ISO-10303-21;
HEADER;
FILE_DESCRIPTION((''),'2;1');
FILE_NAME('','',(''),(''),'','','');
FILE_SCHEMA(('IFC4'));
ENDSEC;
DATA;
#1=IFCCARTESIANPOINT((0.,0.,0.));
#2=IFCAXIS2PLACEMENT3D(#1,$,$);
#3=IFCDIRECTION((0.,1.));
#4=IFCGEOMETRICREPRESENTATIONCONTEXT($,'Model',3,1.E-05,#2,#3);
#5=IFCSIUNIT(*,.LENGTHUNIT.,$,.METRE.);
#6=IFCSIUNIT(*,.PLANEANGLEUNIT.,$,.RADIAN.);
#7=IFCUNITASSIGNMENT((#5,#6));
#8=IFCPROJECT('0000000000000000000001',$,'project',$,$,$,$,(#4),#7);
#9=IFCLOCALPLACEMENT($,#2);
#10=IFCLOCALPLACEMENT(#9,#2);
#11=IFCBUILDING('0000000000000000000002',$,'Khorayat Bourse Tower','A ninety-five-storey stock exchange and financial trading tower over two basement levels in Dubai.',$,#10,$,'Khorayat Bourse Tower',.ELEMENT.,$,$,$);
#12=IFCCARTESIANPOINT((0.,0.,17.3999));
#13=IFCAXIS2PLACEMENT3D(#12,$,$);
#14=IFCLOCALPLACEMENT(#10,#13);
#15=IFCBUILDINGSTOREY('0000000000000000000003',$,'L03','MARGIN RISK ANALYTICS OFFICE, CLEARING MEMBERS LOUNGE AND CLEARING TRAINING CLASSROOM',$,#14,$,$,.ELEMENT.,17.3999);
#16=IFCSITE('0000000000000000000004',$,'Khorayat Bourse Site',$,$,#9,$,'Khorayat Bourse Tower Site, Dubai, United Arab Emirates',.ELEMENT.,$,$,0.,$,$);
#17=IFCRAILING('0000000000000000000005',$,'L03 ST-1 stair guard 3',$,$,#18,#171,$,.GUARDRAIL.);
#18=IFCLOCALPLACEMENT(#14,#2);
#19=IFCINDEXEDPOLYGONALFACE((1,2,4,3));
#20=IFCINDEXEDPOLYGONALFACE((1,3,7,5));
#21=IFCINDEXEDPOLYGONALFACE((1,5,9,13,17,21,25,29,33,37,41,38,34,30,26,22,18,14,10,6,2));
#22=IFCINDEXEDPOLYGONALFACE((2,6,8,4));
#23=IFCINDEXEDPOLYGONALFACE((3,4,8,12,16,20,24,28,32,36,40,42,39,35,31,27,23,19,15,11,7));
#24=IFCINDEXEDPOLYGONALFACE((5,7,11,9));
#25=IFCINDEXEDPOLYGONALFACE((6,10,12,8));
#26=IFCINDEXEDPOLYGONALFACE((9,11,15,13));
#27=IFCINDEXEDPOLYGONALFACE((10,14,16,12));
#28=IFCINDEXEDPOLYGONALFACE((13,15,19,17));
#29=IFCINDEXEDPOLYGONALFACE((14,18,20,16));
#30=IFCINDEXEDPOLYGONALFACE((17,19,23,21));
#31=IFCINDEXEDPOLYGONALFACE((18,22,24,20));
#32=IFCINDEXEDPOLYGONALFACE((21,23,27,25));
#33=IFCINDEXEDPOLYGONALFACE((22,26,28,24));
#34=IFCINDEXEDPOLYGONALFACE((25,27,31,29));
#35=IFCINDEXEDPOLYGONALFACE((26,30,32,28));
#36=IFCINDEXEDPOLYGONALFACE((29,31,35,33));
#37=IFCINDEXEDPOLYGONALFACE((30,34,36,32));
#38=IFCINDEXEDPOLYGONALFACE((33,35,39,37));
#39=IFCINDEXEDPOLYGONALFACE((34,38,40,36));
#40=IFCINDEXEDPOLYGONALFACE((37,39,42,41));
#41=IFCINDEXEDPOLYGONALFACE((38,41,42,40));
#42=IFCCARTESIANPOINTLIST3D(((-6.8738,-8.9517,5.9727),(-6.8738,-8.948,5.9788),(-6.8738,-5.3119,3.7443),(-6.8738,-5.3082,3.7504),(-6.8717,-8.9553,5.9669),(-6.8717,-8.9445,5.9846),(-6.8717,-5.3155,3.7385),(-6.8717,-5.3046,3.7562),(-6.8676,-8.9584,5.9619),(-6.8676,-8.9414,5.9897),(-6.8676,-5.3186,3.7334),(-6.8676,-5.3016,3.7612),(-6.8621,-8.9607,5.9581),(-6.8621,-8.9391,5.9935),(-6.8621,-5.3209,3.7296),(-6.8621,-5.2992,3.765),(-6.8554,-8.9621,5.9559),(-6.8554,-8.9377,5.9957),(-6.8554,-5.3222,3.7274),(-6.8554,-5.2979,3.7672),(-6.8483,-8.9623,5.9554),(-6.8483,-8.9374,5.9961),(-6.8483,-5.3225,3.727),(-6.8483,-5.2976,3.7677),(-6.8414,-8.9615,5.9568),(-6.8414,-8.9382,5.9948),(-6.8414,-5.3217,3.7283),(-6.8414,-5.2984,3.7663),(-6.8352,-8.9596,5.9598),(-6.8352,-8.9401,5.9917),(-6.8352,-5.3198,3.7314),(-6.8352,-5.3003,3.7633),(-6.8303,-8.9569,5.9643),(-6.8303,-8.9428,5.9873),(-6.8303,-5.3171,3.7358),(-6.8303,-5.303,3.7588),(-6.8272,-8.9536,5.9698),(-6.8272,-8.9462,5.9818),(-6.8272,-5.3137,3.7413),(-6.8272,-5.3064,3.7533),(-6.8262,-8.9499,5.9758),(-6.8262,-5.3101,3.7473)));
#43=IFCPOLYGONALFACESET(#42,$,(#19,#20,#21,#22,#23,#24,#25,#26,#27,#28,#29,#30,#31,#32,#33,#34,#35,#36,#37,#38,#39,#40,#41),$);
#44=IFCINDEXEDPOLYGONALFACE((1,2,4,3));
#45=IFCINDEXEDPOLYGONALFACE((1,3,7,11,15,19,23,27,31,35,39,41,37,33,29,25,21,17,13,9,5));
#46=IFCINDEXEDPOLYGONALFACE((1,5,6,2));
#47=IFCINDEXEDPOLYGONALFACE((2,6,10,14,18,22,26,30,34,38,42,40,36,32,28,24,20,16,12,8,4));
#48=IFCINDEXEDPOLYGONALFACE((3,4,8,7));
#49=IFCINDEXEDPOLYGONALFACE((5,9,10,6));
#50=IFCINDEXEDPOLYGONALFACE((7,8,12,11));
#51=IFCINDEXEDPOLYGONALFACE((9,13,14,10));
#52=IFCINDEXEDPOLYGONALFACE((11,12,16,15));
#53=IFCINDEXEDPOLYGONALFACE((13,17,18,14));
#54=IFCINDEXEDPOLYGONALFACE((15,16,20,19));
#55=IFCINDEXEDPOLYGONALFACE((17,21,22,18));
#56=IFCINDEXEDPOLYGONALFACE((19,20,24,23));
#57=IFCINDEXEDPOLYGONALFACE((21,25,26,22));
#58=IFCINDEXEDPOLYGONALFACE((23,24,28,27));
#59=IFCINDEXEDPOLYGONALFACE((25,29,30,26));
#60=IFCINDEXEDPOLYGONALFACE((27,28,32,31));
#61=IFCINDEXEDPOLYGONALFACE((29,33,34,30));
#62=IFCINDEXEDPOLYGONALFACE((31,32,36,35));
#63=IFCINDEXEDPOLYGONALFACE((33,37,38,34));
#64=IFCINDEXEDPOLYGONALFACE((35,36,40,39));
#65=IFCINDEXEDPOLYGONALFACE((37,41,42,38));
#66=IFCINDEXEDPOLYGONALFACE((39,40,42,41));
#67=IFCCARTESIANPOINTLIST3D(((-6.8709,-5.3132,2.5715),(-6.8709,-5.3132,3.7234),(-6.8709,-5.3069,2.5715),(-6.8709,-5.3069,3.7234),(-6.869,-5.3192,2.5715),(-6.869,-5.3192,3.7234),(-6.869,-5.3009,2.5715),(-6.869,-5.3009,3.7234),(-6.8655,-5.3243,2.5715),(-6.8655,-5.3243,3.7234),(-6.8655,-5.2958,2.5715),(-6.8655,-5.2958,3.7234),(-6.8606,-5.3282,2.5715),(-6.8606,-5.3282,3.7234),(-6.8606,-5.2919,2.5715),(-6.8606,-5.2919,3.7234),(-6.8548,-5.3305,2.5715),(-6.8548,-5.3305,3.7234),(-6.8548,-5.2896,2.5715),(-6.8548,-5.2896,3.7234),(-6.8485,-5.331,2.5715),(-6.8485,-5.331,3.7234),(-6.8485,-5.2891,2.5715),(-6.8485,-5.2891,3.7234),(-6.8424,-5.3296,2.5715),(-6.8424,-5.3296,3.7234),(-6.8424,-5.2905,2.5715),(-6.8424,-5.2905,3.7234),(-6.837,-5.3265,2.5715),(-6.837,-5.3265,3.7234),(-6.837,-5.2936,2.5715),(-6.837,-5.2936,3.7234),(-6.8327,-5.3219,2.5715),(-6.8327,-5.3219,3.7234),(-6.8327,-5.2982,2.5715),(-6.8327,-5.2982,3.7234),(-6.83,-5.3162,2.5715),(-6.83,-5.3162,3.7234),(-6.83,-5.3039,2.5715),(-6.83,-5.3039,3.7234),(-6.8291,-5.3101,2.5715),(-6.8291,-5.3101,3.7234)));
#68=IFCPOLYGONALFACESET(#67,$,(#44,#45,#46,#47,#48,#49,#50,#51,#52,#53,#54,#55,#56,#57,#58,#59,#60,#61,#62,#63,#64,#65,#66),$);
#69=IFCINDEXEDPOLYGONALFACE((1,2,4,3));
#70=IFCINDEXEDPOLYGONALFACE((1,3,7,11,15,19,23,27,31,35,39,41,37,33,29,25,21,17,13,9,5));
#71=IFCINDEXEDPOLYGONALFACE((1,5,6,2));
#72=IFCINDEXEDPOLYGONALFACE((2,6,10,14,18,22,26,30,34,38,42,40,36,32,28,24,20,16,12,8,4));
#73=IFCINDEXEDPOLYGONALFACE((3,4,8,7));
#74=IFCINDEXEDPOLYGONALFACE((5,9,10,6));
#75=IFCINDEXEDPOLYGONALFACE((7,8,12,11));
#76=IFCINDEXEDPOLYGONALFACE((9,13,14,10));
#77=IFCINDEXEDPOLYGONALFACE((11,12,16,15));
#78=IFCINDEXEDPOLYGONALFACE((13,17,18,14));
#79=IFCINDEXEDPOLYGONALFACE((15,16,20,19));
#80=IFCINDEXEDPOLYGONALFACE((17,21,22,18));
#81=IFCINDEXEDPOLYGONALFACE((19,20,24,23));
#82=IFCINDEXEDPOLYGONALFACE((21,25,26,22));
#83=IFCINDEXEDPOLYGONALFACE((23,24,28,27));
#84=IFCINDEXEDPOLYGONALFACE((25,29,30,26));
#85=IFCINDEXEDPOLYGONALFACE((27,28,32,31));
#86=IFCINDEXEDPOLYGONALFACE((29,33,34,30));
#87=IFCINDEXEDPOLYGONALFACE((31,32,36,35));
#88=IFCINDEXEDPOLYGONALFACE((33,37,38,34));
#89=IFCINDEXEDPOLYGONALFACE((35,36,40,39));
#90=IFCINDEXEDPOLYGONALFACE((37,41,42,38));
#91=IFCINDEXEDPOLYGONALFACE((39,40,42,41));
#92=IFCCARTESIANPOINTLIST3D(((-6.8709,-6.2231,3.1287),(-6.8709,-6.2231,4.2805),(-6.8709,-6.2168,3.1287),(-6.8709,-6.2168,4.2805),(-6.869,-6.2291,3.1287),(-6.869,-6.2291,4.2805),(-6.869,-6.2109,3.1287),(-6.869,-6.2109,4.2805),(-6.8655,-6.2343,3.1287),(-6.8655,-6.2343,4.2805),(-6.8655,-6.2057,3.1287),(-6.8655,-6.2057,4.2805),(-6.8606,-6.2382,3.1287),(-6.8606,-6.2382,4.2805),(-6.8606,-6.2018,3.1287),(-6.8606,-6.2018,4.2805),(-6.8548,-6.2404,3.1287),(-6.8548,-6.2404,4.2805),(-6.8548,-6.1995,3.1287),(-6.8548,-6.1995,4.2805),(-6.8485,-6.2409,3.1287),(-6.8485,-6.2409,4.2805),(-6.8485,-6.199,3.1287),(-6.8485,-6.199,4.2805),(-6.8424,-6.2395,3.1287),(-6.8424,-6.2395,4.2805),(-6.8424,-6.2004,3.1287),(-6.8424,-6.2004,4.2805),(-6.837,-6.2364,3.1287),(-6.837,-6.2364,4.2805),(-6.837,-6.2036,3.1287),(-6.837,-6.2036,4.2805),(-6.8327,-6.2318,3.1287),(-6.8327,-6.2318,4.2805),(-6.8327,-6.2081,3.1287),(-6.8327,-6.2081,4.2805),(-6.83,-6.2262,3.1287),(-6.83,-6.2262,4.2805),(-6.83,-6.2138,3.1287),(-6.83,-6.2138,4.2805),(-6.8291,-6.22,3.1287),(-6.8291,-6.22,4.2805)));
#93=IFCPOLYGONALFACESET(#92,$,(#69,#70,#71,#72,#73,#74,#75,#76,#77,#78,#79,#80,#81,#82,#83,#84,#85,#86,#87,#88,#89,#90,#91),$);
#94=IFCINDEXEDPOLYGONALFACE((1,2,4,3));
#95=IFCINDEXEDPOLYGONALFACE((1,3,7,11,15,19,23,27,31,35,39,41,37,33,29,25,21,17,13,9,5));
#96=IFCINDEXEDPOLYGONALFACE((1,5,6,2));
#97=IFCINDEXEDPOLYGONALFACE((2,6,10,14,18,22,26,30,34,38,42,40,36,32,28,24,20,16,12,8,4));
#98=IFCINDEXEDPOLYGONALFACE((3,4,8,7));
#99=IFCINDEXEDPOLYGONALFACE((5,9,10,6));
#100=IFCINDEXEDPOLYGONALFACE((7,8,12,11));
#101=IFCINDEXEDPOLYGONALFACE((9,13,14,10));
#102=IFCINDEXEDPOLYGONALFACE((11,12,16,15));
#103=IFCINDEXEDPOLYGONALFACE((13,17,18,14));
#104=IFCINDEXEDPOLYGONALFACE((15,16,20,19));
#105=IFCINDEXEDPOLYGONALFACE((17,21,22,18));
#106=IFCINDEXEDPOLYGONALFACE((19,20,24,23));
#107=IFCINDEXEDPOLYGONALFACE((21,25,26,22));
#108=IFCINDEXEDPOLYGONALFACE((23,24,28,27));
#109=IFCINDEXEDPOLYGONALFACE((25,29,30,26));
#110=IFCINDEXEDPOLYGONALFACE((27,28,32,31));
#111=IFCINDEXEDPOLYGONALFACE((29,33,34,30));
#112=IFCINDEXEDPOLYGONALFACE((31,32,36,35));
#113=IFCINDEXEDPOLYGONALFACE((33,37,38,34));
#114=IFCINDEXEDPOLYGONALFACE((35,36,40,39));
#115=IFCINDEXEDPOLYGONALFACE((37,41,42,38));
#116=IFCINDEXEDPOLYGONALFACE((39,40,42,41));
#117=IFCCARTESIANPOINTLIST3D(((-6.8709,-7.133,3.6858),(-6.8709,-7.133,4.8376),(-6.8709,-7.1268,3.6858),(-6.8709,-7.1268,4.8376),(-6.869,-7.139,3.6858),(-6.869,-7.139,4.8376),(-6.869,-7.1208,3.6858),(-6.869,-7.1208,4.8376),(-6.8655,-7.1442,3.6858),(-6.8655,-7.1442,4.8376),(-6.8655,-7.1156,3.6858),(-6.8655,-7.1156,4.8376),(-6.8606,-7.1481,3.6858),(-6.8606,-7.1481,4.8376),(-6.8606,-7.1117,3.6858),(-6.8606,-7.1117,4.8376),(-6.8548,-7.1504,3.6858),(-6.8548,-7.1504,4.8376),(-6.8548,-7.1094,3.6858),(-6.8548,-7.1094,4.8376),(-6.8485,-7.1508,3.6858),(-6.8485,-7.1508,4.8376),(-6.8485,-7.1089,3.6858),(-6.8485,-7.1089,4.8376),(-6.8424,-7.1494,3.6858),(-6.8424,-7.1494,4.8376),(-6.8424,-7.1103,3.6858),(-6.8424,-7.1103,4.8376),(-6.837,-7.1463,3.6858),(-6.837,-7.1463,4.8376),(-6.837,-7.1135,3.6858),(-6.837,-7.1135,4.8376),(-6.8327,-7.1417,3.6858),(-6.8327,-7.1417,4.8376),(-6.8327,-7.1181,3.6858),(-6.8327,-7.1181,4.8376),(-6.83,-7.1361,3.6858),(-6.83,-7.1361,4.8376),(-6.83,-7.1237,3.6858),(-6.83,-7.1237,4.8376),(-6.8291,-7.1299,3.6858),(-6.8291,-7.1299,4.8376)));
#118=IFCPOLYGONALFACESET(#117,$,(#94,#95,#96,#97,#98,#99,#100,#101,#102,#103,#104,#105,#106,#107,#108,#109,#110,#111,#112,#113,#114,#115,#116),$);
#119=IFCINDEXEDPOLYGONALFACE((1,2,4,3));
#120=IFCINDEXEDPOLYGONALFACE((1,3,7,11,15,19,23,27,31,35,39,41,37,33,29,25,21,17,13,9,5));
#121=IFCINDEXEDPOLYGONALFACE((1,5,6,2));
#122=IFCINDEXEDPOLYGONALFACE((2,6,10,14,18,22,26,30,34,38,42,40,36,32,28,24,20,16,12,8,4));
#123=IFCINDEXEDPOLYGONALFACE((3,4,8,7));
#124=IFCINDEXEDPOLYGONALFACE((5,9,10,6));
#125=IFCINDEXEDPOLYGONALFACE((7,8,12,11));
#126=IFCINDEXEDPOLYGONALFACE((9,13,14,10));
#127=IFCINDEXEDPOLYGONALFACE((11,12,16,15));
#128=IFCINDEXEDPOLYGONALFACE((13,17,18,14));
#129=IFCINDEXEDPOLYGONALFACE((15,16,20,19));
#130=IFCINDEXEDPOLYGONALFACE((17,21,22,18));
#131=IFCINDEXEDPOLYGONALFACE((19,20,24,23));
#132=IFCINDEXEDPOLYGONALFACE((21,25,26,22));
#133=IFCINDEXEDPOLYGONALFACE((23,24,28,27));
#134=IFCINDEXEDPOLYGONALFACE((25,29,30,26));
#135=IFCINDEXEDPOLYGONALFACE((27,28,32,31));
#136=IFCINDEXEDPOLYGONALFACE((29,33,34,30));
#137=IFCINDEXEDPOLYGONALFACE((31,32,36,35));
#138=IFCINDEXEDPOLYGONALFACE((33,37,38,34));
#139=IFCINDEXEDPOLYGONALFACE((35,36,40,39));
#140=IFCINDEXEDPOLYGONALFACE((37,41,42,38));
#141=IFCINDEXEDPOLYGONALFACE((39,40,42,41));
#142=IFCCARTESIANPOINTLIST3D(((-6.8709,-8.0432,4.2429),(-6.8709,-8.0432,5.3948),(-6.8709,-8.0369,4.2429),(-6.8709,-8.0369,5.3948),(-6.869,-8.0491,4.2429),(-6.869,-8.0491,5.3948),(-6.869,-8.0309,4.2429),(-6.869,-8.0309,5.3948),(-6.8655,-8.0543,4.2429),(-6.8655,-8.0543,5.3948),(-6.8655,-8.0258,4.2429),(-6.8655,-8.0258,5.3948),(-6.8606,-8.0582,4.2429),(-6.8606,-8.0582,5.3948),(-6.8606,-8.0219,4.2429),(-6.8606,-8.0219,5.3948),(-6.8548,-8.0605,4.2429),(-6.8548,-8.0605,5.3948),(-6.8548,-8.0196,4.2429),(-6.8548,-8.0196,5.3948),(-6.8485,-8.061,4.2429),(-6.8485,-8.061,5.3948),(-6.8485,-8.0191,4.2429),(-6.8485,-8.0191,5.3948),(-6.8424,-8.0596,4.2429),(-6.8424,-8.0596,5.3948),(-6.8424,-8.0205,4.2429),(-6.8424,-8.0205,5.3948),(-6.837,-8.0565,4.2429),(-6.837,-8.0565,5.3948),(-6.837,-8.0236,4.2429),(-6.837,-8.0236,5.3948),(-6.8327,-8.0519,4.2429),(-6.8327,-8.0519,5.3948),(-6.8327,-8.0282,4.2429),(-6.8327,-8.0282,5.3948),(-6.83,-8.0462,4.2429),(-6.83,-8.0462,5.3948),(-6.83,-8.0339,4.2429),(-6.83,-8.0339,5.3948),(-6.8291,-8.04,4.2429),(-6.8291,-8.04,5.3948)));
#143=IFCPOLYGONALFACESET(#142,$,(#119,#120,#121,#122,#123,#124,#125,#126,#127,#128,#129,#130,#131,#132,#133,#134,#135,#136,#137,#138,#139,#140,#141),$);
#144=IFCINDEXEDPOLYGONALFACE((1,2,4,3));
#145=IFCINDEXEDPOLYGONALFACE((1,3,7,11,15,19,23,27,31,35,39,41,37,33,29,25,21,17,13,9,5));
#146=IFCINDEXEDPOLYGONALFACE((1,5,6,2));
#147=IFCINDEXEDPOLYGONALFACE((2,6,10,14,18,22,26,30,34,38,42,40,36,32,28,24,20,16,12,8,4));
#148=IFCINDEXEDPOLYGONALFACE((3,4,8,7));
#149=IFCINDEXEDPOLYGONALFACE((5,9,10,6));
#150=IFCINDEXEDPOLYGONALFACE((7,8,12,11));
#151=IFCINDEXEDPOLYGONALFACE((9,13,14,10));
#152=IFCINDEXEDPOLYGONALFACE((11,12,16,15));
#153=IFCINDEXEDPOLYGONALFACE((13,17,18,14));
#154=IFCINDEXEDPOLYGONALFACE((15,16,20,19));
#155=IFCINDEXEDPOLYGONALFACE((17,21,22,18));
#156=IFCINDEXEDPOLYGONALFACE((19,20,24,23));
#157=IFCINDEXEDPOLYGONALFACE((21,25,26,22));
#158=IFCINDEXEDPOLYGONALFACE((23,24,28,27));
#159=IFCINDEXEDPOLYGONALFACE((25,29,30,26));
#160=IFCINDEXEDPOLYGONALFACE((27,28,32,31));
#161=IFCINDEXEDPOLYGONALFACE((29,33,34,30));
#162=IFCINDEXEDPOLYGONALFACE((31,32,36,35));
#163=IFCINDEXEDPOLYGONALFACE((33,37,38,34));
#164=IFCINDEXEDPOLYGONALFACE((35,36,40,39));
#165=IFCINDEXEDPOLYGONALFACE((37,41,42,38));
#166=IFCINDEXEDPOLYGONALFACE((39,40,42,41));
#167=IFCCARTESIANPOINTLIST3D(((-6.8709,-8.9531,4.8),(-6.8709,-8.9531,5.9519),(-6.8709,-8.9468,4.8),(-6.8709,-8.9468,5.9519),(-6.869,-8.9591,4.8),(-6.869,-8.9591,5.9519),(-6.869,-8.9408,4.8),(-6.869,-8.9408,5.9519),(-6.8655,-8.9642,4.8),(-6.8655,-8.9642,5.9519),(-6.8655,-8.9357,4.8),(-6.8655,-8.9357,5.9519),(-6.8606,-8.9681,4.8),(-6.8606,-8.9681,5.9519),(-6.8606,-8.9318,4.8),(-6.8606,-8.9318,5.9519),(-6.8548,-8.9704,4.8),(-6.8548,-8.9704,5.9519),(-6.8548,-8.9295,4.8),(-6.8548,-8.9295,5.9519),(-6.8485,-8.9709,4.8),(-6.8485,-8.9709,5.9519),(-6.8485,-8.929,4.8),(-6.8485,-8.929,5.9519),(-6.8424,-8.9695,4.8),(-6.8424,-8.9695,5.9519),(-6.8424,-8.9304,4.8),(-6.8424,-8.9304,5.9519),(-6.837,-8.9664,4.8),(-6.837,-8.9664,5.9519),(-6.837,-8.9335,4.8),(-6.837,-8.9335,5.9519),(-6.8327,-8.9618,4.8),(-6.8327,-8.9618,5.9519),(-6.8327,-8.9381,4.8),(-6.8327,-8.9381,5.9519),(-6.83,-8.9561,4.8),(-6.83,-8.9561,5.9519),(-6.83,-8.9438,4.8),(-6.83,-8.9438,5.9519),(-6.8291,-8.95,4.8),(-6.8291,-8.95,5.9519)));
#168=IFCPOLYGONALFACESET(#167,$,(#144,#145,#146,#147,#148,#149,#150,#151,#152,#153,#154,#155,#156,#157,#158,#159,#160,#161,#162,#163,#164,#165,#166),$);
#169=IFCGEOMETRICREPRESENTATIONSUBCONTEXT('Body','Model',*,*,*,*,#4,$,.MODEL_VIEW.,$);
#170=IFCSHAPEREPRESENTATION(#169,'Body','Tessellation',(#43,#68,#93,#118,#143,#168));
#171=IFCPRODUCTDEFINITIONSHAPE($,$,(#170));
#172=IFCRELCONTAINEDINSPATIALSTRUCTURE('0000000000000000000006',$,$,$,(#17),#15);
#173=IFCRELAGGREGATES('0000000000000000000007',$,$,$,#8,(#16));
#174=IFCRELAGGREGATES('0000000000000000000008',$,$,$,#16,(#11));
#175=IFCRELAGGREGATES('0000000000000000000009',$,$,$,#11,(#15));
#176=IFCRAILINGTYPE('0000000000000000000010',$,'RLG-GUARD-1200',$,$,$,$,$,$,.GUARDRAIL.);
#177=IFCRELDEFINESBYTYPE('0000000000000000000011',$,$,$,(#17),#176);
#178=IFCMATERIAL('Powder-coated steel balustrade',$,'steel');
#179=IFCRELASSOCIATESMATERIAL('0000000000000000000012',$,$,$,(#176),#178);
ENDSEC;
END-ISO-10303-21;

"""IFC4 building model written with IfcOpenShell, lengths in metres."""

from ifc_helpers import new_model, si_unit, direction, frame, origin, origin_2d, place, context, subcontext, project, spatial, circle, extrude, source, transform, mapped, material, type_object, element, save


model = new_model("IFC4")

# Units and contexts
model_context = context("Model", 3, precision=1e-05, world=origin(), true_north=direction((0.0, 1.0)))
body_context = subcontext(model_context, "Body", "Model", "MODEL_VIEW")
ifc_project = project(units=[si_unit("LENGTHUNIT", "METRE"), si_unit("PLANEANGLEUNIT", "RADIAN")], contexts=[model_context])

# Site, building, storey
site_placement = place(None, origin())
site = spatial("IfcSite", under=ifc_project, at=site_placement, Name="Khorayat Bourse Site", LongName="Khorayat Bourse Tower Site, Dubai, United Arab Emirates", CompositionType="ELEMENT", RefElevation=0.0)
building_placement = place(site_placement, origin())
building = spatial("IfcBuilding", under=site, at=building_placement, Name="Khorayat Bourse Tower", Description="A ninety-five-storey stock exchange and financial trading tower over two basement levels in Dubai.", LongName="Khorayat Bourse Tower", CompositionType="ELEMENT")
storey_placement = place(building_placement, frame((0.0, 0.0, 17.3999)))
storey = spatial("IfcBuildingStorey", under=building, at=storey_placement, Name="L03", Description="MARGIN RISK ANALYTICS OFFICE, CLEARING MEMBERS LOUNGE AND CLEARING TRAINING CLASSROOM", CompositionType="ELEMENT", Elevation=17.3999)

# Railing
ifc_material_1 = material(Name="Powder-coated steel balustrade", Category="steel")
railing_type_1 = type_object("IfcRailingType", Name="RLG-GUARD-1200", PredefinedType="GUARDRAIL", material=ifc_material_1)
shared_shape_1 = source(origin(), body_context, "Body", "SweptSolid", [
    extrude(circle(Radius=0.0239, at=origin_2d()), frame((0.0, 0.0, 1.1758), z_axis=(0.0, -0.85285, 0.522156), x_axis=(1.0, 0.0, 0.0)), (0.0, 0.0, 1.0), 4.2678),
    extrude(circle(Radius=0.021, at=origin_2d()), origin(), (0.0, 0.0, 1.0), 1.1519),
    extrude(circle(Radius=0.021, at=origin_2d()), frame((0.0, -0.9099, 0.5571)), (0.0, 0.0, 1.0), 1.1519),
    extrude(circle(Radius=0.021, at=origin_2d()), frame((0.0, -1.8198, 1.1143)), (0.0, 0.0, 1.0), 1.1519),
    extrude(circle(Radius=0.021, at=origin_2d()), frame((0.0, -2.73, 1.6714)), (0.0, 0.0, 1.0), 1.1519),
    extrude(circle(Radius=0.021, at=origin_2d()), frame((0.0, -3.6399, 2.2285)), (0.0, 0.0, 1.0), 1.1519),
])
railing_1_placement = place(storey_placement, frame((-6.8501, -5.3101, 2.5715)))
element("IfcRailing", 1, at=railing_1_placement, inside=storey, type_object=railing_type_1, Name="L03 ST-1 stair guard 3", PredefinedType="GUARDRAIL", context=body_context, shape_type="MappedRepresentation", body=[
    mapped(shared_shape_1, transform((0.0, 0.0, 0.0), scale=1.0)),
])

save(model, "model.ifc")
